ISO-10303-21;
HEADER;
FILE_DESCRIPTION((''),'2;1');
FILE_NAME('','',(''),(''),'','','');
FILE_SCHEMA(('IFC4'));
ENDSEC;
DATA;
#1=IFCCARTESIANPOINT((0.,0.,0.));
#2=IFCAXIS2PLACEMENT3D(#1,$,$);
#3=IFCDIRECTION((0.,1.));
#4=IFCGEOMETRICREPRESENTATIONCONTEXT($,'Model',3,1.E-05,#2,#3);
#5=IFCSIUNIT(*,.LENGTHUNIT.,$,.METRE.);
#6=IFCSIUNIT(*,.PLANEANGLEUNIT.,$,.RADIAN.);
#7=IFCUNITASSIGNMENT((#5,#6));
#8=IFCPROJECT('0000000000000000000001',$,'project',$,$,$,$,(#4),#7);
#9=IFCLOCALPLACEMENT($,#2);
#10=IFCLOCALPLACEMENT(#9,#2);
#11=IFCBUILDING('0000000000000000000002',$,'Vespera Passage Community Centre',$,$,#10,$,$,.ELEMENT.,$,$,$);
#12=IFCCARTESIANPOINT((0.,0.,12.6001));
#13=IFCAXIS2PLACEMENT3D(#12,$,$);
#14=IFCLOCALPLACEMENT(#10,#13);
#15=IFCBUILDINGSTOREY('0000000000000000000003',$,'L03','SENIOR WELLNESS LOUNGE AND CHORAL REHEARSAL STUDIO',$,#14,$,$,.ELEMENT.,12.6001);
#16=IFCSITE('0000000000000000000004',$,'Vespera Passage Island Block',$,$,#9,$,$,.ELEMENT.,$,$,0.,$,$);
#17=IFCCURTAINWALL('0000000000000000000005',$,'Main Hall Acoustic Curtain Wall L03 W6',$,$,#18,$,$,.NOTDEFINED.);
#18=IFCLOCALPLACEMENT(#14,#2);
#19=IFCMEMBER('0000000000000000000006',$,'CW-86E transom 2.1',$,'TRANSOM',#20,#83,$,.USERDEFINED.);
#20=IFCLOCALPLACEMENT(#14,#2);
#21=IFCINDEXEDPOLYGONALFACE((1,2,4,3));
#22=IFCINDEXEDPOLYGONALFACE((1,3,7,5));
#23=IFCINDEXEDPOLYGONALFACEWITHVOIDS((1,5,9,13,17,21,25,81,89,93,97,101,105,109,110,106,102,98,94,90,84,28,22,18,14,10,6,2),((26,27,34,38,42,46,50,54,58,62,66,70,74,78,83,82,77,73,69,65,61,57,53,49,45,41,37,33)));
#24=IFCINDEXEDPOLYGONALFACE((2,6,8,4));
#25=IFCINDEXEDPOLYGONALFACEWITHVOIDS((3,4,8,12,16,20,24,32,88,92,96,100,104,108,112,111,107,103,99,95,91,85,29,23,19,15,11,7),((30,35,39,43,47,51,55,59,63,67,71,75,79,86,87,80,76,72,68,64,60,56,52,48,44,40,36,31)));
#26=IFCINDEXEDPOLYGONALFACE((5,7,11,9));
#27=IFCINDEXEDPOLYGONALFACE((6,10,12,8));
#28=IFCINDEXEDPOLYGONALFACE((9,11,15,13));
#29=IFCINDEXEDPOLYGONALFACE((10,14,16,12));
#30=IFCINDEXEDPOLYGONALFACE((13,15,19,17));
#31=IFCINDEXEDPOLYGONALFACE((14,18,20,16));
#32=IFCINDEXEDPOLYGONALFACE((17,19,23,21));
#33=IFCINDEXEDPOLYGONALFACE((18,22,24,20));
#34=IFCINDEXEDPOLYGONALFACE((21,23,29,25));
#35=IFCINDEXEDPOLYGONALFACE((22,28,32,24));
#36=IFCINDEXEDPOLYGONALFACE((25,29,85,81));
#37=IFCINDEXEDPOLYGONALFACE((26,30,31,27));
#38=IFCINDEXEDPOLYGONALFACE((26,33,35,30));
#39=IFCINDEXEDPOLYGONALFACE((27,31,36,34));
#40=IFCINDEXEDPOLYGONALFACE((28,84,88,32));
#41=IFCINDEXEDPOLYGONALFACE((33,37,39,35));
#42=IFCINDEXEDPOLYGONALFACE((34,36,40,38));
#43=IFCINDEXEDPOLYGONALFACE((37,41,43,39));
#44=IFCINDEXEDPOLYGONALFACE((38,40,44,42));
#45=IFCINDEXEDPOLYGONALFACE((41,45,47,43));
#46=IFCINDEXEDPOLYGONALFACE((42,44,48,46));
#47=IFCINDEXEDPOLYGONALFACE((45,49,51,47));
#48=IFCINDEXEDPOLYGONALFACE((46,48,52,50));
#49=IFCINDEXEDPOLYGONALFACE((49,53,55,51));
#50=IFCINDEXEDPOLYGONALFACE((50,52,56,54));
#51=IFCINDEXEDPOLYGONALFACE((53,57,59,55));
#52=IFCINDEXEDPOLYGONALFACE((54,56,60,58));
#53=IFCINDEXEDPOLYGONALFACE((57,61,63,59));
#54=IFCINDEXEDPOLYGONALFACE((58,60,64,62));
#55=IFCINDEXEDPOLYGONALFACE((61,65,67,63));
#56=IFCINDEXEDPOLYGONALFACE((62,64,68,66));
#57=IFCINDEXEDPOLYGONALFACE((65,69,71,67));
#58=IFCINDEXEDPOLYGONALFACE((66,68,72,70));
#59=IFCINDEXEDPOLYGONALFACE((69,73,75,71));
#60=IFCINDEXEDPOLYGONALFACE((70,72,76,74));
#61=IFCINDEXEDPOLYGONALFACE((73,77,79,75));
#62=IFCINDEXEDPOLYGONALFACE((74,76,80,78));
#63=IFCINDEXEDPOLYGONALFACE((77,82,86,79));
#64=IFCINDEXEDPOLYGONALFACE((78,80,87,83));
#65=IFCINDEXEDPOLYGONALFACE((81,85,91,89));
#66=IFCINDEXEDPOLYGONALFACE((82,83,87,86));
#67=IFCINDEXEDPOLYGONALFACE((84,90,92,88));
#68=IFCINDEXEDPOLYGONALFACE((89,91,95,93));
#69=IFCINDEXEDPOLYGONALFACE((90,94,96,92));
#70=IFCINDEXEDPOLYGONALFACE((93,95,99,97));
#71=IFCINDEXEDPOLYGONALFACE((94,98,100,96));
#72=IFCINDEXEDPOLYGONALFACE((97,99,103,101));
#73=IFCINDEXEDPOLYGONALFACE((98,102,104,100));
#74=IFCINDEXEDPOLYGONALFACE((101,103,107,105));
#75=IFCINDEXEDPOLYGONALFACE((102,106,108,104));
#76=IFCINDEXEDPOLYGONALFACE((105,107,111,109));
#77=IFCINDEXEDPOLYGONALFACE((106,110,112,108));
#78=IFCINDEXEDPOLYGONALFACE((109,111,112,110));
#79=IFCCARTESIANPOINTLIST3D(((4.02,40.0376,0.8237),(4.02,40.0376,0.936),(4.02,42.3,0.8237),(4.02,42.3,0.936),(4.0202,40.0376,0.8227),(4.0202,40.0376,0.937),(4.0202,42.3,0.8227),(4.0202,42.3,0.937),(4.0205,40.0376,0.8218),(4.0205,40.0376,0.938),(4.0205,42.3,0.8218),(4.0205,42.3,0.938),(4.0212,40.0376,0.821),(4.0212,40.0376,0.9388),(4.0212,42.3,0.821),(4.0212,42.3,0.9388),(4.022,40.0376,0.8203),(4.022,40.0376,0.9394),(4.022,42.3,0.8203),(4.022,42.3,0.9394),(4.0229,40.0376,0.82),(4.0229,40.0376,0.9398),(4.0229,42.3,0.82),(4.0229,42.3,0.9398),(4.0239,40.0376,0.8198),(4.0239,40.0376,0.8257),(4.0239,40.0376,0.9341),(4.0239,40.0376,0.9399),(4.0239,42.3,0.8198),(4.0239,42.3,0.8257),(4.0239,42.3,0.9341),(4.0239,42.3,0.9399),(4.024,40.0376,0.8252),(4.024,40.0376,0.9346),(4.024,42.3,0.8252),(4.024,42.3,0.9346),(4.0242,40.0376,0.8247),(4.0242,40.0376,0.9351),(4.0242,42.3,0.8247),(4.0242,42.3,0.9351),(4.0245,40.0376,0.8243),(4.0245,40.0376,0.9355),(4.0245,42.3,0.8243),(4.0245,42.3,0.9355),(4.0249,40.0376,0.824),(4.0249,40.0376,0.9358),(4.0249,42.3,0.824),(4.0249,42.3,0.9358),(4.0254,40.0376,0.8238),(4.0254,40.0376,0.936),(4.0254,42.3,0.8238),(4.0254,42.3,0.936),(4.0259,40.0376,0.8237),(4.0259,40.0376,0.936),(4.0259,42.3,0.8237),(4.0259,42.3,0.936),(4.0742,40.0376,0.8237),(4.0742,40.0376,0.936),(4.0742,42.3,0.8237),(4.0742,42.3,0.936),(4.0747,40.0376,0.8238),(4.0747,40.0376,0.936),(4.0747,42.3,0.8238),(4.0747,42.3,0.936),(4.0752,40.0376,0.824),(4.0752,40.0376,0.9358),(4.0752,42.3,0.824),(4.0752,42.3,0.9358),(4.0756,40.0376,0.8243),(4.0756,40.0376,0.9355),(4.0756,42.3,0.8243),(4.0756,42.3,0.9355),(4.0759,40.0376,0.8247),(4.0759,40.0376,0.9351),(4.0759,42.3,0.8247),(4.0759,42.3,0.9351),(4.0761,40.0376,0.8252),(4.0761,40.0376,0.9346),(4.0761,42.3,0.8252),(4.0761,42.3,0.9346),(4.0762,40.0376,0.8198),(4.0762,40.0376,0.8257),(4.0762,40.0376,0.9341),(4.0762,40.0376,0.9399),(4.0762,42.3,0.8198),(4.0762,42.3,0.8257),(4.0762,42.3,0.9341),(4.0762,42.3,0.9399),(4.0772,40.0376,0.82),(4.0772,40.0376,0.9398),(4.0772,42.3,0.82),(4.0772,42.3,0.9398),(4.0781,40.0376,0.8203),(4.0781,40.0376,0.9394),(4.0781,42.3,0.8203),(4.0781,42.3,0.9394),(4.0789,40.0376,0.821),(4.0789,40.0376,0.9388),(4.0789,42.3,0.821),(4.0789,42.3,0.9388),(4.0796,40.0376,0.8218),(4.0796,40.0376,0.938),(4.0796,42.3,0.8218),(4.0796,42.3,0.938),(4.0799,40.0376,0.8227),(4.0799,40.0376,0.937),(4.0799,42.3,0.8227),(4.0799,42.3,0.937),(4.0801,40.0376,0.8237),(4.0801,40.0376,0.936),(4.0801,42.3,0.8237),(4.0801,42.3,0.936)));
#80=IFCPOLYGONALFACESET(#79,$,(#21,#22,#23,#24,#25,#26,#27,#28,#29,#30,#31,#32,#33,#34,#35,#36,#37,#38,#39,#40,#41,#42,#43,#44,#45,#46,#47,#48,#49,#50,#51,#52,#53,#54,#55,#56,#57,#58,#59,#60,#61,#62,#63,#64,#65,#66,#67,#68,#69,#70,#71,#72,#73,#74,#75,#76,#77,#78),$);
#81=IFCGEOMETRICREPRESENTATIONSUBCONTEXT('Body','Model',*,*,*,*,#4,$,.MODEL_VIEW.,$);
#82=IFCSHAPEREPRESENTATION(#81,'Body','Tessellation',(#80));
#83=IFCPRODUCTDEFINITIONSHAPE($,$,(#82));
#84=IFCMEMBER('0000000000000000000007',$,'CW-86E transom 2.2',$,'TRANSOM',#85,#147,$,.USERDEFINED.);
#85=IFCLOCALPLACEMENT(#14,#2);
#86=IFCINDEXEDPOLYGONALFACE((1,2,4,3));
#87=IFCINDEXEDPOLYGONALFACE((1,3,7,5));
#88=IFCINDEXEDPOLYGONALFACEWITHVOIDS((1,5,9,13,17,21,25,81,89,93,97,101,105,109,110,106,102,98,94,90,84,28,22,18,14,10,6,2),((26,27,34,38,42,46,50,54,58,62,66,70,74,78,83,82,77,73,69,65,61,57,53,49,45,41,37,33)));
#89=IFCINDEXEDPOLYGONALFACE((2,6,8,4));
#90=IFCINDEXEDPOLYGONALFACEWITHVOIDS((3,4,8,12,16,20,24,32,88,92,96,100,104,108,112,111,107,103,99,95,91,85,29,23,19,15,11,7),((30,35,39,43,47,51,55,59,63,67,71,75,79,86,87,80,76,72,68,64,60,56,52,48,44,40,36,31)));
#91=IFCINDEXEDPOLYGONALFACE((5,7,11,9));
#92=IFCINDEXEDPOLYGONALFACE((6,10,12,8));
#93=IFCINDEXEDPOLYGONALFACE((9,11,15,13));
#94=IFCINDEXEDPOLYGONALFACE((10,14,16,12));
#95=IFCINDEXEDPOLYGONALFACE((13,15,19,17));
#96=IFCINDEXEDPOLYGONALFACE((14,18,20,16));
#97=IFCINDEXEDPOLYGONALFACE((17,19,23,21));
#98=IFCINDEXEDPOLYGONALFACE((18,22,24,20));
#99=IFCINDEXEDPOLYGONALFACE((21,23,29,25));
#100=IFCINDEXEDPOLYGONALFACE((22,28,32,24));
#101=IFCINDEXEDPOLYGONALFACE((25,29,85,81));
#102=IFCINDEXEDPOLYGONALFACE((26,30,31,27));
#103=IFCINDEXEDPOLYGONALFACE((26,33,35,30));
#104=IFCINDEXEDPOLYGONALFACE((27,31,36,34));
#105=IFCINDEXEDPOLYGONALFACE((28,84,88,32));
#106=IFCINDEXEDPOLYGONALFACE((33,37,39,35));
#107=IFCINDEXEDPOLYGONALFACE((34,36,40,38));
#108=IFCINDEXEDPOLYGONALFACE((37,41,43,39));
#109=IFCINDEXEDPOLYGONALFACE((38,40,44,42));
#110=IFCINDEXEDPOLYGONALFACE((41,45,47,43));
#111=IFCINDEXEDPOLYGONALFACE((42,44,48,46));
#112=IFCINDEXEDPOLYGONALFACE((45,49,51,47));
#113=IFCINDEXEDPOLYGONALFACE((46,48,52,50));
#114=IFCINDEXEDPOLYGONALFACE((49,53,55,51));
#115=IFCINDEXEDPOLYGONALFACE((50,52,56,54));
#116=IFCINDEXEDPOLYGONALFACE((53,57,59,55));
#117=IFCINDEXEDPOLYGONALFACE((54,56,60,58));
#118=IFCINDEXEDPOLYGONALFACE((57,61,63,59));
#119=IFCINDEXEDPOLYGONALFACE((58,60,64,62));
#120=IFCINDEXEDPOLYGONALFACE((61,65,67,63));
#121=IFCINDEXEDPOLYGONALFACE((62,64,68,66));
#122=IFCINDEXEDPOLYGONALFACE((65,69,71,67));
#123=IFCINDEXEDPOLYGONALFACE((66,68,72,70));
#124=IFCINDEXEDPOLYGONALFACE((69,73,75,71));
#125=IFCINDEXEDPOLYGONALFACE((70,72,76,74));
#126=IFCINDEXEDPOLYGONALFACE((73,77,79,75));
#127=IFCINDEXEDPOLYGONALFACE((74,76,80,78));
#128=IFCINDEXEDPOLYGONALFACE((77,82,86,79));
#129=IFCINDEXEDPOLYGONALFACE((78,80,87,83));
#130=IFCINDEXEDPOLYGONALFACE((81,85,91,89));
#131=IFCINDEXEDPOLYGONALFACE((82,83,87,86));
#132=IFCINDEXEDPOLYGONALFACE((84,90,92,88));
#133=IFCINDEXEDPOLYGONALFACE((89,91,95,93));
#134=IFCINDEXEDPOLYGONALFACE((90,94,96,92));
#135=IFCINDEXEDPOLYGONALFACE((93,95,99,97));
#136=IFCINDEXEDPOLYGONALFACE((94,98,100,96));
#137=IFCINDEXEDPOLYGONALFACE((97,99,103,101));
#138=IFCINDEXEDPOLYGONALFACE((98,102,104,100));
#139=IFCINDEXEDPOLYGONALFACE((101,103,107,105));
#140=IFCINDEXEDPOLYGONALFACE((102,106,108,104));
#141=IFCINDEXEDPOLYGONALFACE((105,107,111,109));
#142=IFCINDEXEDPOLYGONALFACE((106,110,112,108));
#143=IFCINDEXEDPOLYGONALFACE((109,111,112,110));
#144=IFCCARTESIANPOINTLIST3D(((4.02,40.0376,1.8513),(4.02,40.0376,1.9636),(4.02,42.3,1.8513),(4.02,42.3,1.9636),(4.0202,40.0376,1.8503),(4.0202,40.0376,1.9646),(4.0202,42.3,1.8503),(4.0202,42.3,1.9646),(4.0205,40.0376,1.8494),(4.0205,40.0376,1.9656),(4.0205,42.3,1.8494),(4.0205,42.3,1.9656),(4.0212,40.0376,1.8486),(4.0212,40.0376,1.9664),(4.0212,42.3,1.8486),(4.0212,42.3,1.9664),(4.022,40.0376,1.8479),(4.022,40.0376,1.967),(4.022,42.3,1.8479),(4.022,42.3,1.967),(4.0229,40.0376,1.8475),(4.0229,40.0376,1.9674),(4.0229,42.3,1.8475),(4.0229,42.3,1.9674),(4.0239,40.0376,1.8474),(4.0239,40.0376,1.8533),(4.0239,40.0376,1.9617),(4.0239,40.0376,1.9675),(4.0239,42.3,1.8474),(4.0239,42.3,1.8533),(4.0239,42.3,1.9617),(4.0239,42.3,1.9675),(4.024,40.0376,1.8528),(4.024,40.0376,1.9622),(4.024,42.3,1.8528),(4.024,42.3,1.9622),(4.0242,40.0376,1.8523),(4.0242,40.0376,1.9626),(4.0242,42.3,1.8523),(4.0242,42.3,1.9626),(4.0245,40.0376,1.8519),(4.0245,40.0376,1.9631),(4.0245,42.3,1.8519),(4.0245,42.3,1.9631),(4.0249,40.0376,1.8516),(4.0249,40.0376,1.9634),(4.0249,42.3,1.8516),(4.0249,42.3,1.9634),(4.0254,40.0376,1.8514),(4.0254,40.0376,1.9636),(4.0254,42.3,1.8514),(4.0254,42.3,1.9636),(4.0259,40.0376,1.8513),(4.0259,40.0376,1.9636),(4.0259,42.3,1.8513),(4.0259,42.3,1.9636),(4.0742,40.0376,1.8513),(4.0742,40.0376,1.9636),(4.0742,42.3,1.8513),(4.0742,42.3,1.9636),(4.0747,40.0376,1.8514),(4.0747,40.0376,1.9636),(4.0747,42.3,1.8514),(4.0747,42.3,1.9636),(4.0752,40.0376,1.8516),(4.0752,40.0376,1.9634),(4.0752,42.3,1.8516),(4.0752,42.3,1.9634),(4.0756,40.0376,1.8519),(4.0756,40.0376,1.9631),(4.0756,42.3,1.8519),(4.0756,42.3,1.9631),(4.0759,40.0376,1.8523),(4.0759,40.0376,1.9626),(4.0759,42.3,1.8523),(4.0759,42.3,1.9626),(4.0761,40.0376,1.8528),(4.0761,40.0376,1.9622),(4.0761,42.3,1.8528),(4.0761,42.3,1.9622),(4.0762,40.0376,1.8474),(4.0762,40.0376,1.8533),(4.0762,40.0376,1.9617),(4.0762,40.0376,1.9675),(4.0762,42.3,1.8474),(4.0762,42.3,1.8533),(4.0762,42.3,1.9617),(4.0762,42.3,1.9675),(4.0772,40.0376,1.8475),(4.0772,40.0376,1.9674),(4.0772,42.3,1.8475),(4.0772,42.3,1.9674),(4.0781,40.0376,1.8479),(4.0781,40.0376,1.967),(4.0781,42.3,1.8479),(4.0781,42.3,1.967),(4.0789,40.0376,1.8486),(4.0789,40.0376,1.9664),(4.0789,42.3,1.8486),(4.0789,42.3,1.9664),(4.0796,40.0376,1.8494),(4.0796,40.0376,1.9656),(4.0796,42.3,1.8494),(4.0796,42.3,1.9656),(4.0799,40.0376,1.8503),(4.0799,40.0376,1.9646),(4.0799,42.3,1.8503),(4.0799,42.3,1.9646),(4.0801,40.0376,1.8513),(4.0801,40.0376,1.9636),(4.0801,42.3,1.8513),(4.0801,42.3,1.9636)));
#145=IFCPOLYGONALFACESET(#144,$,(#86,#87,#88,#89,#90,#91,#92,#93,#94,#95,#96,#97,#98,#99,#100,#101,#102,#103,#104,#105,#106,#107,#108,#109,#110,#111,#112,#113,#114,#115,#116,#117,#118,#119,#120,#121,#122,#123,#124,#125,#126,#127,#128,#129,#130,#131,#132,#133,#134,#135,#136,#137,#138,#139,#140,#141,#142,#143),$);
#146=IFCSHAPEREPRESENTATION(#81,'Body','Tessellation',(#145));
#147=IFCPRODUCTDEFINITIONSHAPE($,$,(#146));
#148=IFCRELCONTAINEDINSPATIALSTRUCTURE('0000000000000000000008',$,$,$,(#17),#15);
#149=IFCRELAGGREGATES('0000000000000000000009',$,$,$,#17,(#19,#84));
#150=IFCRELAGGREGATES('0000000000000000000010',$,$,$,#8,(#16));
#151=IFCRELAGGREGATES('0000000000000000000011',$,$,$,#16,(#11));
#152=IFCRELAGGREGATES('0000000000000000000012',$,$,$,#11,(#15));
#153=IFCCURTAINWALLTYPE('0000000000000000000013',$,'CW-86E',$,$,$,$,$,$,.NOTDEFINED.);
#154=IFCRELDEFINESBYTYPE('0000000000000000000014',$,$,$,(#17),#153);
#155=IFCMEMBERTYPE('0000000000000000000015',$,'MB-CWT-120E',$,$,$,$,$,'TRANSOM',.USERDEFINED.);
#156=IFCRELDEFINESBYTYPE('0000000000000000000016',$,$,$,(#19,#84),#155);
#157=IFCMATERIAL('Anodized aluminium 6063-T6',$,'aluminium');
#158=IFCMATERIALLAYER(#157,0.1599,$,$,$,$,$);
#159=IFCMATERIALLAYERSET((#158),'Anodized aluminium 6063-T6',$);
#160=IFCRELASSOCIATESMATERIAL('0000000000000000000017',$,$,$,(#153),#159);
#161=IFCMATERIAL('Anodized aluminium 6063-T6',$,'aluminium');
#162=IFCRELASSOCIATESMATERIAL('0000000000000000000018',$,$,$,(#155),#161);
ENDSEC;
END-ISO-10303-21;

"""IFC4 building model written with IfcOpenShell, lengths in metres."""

from ifc_helpers import new_model, si_unit, direction, frame, origin, origin_2d, place, context, subcontext, project, spatial, hollow_rectangle, extrude, material, layer, layer_set, material_profile, profile_set, type_object, element, aggregate, save


model = new_model("IFC4")

# Units and contexts
model_context = context("Model", 3, precision=1e-05, world=origin(), true_north=direction((0.0, 1.0)))
body_context = subcontext(model_context, "Body", "Model", "MODEL_VIEW")
ifc_project = project(units=[si_unit("LENGTHUNIT", "METRE"), si_unit("PLANEANGLEUNIT", "RADIAN")], contexts=[model_context])

# Site, building, storey
site_placement = place(None, origin())
site = spatial("IfcSite", under=ifc_project, at=site_placement, Name="Vespera Passage Island Block", CompositionType="ELEMENT", RefElevation=0.0)
building_placement = place(site_placement, origin())
building = spatial("IfcBuilding", under=site, at=building_placement, Name="Vespera Passage Community Centre", CompositionType="ELEMENT")
storey_placement = place(building_placement, frame((0.0, 0.0, 12.6001)))
storey = spatial("IfcBuildingStorey", under=building, at=storey_placement, Name="L03", Description="SENIOR WELLNESS LOUNGE AND CHORAL REHEARSAL STUDIO", CompositionType="ELEMENT", Elevation=12.6001)

# Curtain wall, members
ifc_material_1 = material(Name="Anodized aluminium 6063-T6", Category="aluminium")
ifc_layer_1 = layer(ifc_material_1, 0.1599)
ifc_layer_set_1 = layer_set([ifc_layer_1], Name="Anodized aluminium 6063-T6")
curtain_wall_type = type_object("IfcCurtainWallType", Name="CW-86E", PredefinedType="NOTDEFINED", material=ifc_layer_set_1)
curtain_wall_placement = place(storey_placement, origin())
curtain_wall = element("IfcCurtainWall", 1, at=curtain_wall_placement, inside=storey, type_object=curtain_wall_type, Name="Main Hall Acoustic Curtain Wall L03 W6", PredefinedType="NOTDEFINED")
ifc_material_2 = material(Name="Anodized aluminium 6063-T6", Category="aluminium")
ifc_material_profile_1 = material_profile(ifc_material_2, hollow_rectangle(XDim=0.0601, YDim=0.1201, WallThickness=0.0039, InnerFilletRadius=0.002, OuterFilletRadius=0.0039, at=origin_2d()), Name="ALU120X60X4")
ifc_profile_set_1 = profile_set([ifc_material_profile_1], Name="Anodized aluminium 6063-T6")
member_type_1 = type_object("IfcMemberType", Name="MB-CWT-120E", ElementType="TRANSOM", PredefinedType="USERDEFINED", material=ifc_profile_set_1)
member_1_placement = place(storey_placement, frame((4.05, 40.0376, 0.8799), z_axis=(0.0, 1.0, 0.0), x_axis=(-1.0, 0.0, 0.0)))
member_1 = element("IfcMember", 2, at=member_1_placement, type_object=member_type_1, Name="CW-86E transom 2.1", ObjectType="TRANSOM", PredefinedType="USERDEFINED", context=body_context, shape_type="SweptSolid", body=[
    extrude(hollow_rectangle(XDim=0.0601, YDim=0.1201, WallThickness=0.0039, InnerFilletRadius=0.002, OuterFilletRadius=0.0039, at=origin_2d()), origin(), (0.0, 0.0, 1.0), 2.2625),
])
member_2_placement = place(storey_placement, frame((4.05, 40.0376, 1.9075), z_axis=(0.0, 1.0, 0.0), x_axis=(-1.0, 0.0, 0.0)))
member_2 = element("IfcMember", 3, at=member_2_placement, type_object=member_type_1, Name="CW-86E transom 2.2", ObjectType="TRANSOM", PredefinedType="USERDEFINED", context=body_context, shape_type="SweptSolid", body=[
    extrude(hollow_rectangle(XDim=0.0601, YDim=0.1201, WallThickness=0.0039, InnerFilletRadius=0.002, OuterFilletRadius=0.0039, at=origin_2d()), origin(), (0.0, 0.0, 1.0), 2.2625),
])
aggregate(curtain_wall, [member_1, member_2])

save(model, "model.ifc")
